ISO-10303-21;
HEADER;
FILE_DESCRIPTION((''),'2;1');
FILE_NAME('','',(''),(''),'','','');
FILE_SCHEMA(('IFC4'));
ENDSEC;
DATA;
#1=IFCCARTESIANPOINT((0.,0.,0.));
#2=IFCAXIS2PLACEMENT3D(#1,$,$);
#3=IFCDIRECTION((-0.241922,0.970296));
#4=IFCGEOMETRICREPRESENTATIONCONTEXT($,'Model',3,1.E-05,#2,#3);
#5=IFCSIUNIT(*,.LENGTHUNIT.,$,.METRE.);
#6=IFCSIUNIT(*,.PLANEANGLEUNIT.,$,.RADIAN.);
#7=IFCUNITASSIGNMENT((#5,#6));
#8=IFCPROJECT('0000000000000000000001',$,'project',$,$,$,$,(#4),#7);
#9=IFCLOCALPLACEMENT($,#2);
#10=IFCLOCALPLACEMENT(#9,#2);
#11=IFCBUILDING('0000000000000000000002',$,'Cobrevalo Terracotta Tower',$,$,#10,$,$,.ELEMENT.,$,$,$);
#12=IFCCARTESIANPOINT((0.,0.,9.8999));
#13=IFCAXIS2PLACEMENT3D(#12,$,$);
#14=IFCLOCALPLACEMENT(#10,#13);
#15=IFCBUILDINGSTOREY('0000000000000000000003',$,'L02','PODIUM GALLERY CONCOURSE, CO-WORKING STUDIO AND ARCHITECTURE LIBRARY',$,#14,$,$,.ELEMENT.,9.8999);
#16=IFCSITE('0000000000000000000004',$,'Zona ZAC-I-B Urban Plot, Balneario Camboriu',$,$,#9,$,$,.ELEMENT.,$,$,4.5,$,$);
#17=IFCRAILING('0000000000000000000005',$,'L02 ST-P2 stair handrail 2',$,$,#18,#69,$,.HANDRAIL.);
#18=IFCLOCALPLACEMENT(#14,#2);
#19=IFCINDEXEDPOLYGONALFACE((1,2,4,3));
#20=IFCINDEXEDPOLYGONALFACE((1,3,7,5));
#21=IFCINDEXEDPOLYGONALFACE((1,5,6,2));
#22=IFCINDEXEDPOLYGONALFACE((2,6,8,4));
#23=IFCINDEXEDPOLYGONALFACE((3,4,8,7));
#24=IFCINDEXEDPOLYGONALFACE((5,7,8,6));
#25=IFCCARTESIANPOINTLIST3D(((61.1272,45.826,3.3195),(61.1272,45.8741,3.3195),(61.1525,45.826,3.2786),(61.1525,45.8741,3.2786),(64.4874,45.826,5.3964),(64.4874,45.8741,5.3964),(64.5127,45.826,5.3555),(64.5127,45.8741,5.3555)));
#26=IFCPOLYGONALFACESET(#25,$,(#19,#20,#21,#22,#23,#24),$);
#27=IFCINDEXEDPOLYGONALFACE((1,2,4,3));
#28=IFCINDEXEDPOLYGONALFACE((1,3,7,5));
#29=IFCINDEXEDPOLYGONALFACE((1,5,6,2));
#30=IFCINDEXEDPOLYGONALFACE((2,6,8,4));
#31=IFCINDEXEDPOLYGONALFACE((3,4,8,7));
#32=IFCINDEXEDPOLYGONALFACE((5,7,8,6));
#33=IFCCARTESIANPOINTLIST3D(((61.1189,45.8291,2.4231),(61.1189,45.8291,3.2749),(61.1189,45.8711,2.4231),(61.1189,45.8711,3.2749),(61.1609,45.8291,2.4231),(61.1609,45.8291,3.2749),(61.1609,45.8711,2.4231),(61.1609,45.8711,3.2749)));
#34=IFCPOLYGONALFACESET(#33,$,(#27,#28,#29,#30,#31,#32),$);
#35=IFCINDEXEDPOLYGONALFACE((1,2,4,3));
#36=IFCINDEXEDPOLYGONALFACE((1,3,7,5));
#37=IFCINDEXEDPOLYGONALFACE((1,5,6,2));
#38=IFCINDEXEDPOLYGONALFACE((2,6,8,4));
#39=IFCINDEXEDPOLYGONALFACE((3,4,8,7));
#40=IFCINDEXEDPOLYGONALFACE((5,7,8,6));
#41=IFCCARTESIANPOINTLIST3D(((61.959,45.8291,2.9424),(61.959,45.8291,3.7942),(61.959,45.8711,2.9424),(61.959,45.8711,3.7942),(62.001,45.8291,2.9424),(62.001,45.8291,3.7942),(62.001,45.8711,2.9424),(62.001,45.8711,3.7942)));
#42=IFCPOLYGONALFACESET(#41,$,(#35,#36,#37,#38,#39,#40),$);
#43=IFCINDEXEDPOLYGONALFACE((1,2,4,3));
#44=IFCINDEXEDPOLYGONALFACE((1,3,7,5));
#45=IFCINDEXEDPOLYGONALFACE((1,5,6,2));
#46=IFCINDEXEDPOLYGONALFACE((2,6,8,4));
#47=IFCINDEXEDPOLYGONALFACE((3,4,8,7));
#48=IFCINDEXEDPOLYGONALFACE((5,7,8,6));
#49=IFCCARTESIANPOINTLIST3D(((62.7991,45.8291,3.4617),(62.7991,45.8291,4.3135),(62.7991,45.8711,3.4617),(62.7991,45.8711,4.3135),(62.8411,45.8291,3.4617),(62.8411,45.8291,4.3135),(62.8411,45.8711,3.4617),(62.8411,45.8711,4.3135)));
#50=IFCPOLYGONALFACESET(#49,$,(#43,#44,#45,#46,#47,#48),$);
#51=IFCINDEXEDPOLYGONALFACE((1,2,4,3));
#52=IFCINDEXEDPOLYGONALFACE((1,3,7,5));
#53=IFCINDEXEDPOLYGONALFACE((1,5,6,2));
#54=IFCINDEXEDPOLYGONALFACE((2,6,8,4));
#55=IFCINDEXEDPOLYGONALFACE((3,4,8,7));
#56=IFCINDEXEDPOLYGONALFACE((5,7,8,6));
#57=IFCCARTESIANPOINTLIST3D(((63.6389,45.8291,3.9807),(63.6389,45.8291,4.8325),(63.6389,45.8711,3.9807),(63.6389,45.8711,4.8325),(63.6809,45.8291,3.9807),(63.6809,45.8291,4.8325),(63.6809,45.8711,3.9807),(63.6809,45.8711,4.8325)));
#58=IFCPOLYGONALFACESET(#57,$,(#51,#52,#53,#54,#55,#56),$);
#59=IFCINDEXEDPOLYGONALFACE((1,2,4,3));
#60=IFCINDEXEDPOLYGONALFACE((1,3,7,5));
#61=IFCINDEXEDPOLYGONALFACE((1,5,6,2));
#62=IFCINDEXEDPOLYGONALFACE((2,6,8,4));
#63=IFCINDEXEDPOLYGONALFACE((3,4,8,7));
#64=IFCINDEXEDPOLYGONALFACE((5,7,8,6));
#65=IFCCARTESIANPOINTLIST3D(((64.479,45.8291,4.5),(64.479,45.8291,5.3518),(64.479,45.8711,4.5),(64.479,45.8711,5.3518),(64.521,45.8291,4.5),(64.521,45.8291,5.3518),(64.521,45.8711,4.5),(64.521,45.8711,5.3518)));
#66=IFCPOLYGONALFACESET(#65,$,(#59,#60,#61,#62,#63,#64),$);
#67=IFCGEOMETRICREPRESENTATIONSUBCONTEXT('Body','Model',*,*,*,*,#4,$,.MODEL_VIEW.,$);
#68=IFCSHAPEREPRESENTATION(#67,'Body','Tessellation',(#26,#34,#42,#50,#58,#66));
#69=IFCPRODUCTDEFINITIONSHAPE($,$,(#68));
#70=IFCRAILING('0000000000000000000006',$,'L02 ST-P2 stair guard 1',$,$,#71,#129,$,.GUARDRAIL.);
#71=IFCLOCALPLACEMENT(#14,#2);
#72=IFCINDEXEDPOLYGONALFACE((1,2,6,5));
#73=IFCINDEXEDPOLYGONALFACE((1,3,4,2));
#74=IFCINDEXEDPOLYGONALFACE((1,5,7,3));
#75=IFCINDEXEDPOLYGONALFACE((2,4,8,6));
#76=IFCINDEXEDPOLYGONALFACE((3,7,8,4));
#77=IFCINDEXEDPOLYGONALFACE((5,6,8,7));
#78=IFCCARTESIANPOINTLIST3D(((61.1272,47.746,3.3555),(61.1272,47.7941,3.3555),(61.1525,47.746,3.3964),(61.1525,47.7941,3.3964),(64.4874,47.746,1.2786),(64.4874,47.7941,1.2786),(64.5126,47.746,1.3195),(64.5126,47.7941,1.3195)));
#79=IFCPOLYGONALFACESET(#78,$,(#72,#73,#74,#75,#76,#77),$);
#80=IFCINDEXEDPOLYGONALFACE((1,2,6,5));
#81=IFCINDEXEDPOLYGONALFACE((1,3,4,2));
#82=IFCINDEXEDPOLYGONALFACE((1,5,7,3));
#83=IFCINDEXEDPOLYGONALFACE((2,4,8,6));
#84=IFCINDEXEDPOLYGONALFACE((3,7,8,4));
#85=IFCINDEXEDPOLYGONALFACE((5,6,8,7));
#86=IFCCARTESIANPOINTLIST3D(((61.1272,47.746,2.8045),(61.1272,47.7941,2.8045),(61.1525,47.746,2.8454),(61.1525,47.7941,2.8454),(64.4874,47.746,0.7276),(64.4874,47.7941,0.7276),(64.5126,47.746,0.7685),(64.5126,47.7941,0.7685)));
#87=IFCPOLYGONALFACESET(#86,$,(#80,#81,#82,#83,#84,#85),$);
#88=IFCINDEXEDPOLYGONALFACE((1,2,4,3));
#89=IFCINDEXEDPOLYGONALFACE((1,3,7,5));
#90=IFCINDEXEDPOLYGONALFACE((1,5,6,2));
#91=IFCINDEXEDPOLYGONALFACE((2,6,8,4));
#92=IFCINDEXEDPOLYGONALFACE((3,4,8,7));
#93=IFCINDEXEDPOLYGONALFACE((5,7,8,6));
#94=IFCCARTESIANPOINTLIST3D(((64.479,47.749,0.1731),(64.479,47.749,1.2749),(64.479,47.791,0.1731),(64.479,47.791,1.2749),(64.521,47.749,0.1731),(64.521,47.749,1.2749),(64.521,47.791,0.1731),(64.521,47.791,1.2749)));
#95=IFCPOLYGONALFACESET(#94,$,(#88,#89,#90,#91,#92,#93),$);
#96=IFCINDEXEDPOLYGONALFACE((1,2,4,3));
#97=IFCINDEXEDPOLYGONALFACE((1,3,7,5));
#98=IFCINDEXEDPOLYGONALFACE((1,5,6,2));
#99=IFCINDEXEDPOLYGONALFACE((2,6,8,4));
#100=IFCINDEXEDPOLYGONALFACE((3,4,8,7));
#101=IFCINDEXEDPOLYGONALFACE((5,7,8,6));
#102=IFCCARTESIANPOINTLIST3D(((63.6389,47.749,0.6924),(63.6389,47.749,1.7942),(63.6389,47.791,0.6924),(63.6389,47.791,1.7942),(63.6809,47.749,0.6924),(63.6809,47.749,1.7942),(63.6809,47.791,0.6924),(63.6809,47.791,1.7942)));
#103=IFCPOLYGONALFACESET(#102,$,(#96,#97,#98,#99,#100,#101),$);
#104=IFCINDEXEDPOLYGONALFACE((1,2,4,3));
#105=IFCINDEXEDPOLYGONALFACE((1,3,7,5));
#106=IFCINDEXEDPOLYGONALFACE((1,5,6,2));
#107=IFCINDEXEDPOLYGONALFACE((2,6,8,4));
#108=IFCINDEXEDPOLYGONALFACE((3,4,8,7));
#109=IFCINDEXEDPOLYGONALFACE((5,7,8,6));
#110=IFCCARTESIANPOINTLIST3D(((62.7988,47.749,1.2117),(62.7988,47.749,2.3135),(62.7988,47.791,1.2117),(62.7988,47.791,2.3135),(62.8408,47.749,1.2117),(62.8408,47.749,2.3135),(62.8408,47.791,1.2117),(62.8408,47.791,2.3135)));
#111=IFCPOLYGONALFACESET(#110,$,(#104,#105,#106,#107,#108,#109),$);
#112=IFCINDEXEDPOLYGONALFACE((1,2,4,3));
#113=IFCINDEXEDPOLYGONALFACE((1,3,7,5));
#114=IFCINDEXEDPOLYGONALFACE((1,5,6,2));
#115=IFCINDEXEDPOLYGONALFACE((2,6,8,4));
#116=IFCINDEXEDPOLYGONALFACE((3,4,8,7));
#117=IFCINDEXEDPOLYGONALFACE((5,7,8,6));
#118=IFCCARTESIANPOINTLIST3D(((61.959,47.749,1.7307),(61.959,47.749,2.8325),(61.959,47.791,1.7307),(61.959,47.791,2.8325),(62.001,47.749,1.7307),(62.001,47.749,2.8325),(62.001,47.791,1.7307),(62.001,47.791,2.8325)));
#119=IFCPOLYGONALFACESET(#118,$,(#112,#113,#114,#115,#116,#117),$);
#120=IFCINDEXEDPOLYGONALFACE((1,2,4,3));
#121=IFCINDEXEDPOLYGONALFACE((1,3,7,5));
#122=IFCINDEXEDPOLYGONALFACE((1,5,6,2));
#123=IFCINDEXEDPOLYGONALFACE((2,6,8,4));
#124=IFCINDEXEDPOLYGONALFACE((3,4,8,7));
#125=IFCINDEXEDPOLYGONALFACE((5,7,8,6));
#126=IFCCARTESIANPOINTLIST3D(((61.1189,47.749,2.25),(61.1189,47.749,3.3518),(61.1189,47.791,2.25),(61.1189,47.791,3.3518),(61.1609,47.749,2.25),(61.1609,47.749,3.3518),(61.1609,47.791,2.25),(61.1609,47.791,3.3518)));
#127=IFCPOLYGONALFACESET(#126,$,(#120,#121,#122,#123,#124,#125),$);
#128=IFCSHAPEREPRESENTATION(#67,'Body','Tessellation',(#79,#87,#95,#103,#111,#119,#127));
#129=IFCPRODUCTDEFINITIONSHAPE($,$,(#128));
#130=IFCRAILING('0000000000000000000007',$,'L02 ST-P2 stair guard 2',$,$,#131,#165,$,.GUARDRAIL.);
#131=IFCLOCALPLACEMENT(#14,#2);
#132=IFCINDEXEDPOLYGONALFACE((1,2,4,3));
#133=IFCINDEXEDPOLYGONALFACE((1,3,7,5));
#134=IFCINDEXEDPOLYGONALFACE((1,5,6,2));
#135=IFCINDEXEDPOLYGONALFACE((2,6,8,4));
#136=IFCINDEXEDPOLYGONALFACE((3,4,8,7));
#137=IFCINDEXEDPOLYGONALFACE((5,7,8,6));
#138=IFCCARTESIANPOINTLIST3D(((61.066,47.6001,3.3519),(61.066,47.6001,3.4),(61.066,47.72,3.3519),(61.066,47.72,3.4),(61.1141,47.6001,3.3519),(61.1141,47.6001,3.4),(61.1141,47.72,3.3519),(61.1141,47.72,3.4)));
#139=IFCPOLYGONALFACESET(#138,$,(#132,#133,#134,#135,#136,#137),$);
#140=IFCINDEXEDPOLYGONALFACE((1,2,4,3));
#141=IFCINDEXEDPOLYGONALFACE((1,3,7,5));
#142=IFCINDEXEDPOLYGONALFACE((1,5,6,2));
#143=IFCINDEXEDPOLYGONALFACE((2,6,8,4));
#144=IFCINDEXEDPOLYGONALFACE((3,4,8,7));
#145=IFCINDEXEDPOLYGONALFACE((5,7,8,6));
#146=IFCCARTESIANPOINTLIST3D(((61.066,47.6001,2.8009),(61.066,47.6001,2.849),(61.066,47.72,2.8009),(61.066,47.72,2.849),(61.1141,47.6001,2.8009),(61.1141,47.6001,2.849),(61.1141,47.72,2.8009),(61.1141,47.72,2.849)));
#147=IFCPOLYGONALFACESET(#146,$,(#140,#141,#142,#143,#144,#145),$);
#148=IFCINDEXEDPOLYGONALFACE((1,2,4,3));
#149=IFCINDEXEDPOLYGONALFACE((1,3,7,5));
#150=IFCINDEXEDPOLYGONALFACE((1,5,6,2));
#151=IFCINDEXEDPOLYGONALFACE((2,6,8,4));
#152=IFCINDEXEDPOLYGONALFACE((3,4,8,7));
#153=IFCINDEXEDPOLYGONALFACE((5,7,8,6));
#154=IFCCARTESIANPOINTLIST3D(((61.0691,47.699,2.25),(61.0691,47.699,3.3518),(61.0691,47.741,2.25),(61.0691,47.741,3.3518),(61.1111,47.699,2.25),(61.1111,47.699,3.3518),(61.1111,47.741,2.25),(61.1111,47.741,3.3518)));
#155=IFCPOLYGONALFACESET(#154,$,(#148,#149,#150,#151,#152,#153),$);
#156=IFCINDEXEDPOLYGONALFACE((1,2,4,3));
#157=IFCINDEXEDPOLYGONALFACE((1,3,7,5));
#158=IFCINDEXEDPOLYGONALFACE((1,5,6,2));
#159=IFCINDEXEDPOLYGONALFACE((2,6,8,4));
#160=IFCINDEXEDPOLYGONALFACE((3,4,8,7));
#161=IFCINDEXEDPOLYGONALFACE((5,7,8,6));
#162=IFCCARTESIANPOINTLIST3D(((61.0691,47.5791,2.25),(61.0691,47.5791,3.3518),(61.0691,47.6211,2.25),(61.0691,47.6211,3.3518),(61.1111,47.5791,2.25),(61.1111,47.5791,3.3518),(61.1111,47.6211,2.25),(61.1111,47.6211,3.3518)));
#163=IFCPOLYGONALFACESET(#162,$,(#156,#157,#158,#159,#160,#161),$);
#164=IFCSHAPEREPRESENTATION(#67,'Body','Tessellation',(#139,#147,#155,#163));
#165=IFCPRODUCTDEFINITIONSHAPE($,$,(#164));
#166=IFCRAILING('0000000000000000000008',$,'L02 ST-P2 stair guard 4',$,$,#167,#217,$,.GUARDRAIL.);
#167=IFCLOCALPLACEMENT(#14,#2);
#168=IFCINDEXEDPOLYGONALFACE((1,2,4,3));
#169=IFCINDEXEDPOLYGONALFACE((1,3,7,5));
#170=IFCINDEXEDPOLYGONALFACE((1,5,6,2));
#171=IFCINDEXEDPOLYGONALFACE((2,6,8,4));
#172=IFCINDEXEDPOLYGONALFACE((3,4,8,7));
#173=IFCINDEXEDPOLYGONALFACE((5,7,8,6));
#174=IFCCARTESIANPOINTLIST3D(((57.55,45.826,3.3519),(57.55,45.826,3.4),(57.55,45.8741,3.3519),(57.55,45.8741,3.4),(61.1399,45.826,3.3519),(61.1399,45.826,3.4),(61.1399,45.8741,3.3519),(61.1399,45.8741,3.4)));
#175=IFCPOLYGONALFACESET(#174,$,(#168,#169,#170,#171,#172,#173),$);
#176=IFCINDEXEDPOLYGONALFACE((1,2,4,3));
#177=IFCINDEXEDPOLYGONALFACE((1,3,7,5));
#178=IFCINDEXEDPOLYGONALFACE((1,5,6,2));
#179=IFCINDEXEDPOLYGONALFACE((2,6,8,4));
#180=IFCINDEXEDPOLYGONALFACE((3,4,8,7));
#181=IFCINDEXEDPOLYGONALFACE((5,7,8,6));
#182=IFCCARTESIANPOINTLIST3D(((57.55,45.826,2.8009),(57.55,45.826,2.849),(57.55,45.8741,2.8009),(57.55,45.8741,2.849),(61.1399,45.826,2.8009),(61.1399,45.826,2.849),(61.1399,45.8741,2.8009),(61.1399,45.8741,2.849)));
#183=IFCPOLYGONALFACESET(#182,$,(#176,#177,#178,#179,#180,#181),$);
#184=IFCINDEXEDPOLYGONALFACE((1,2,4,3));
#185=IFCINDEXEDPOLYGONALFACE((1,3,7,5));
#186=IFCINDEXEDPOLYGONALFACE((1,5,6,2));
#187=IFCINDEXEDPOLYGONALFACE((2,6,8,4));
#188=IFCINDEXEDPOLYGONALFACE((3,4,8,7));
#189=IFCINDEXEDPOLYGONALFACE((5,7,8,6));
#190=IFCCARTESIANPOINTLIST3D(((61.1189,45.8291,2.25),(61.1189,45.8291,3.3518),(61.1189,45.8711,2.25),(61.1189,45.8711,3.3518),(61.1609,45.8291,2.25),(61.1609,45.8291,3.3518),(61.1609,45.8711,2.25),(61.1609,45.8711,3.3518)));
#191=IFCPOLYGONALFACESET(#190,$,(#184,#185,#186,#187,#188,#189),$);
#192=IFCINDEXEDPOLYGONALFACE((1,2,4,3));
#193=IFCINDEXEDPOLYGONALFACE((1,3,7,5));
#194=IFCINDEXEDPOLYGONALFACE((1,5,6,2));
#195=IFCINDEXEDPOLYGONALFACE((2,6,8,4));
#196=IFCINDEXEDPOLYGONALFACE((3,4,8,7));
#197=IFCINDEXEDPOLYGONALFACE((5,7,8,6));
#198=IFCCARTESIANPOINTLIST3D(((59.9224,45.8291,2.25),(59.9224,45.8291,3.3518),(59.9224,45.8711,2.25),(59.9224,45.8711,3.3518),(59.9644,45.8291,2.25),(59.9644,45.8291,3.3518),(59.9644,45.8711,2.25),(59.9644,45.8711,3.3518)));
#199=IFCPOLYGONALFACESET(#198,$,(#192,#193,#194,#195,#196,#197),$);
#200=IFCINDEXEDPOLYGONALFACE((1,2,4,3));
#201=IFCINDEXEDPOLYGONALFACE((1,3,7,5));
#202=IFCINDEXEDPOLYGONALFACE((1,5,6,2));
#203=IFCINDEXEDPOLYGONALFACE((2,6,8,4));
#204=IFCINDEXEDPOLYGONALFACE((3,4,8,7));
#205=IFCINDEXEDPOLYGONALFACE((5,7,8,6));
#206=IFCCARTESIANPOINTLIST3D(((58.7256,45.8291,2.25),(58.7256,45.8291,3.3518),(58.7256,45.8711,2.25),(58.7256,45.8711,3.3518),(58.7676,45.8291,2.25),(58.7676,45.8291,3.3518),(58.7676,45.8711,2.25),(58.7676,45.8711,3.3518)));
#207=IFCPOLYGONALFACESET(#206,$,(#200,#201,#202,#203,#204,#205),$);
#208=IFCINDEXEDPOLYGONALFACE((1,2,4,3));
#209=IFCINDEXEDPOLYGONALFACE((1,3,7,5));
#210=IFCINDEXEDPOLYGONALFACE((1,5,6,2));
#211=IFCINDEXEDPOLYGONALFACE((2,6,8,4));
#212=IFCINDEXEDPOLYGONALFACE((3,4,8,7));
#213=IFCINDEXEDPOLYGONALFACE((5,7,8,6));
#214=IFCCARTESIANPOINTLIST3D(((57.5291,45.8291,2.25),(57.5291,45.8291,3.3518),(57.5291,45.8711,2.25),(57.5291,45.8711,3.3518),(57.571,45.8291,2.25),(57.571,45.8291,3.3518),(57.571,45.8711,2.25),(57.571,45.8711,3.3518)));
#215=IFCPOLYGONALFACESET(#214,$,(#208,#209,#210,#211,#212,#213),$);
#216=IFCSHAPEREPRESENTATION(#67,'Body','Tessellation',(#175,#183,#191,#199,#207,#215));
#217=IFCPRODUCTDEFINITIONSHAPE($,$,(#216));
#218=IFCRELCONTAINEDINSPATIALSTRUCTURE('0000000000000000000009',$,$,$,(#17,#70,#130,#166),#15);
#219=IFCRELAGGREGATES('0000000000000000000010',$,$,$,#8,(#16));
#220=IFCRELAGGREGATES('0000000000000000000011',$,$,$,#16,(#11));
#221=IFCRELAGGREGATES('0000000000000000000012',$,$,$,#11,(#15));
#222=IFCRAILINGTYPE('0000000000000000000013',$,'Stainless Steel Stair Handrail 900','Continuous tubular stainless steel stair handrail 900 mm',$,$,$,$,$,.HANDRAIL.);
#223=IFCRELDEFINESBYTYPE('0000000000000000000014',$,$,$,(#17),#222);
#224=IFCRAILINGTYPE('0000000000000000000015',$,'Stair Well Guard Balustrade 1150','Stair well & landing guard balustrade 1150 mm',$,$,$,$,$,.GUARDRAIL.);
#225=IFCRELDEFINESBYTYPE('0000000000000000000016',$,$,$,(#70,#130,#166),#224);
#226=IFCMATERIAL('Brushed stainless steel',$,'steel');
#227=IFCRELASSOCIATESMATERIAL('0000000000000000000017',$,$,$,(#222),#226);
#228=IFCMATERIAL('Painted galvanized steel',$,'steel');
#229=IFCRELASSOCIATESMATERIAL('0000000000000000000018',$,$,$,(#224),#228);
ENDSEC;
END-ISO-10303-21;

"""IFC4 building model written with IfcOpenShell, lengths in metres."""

from ifc_helpers import new_model, si_unit, direction, frame, origin, origin_2d, place, context, subcontext, project, spatial, rectangle, extrude, material, type_object, element, save


model = new_model("IFC4")

# Units and contexts
model_context = context("Model", 3, precision=1e-05, world=origin(), true_north=direction((-0.241922, 0.970296)))
body_context = subcontext(model_context, "Body", "Model", "MODEL_VIEW")
ifc_project = project(units=[si_unit("LENGTHUNIT", "METRE"), si_unit("PLANEANGLEUNIT", "RADIAN")], contexts=[model_context])

# Site, building, storey
site_placement = place(None, origin())
site = spatial("IfcSite", under=ifc_project, at=site_placement, Name="Zona ZAC-I-B Urban Plot, Balneario Camboriu", CompositionType="ELEMENT", RefElevation=4.5)
building_placement = place(site_placement, origin())
building = spatial("IfcBuilding", under=site, at=building_placement, Name="Cobrevalo Terracotta Tower", CompositionType="ELEMENT")
storey_placement = place(building_placement, frame((0.0, 0.0, 9.8999)))
storey = spatial("IfcBuildingStorey", under=building, at=storey_placement, Name="L02", Description="PODIUM GALLERY CONCOURSE, CO-WORKING STUDIO AND ARCHITECTURE LIBRARY", CompositionType="ELEMENT", Elevation=9.8999)

# Railings
ifc_material_1 = material(Name="Brushed stainless steel", Category="steel")
railing_type_1 = type_object("IfcRailingType", Name="Stainless Steel Stair Handrail 900", Description="Continuous tubular stainless steel stair handrail 900 mm", PredefinedType="HANDRAIL", material=ifc_material_1)
railing_1_placement = place(storey_placement, frame((61.1399, 45.8501, 2.4231)))
element("IfcRailing", 1, at=railing_1_placement, inside=storey, type_object=railing_type_1, Name="L02 ST-P2 stair handrail 2", PredefinedType="HANDRAIL", context=body_context, shape_type="SweptSolid", body=[
    extrude(rectangle(XDim=0.0481, YDim=0.0481, at=origin_2d()), frame((0.0, 0.0, 0.876), z_axis=(0.850623, 0.0, 0.525776), x_axis=(0.0, 1.0, 0.0)), (0.0, 0.0, 1.0), 3.9502),
    extrude(rectangle(XDim=0.042, YDim=0.042, at=origin_2d()), origin(), (0.0, 0.0, 1.0), 0.8518),
    extrude(rectangle(XDim=0.042, YDim=0.042, at=origin_2d()), frame((0.8401, 0.0, 0.5193)), (0.0, 0.0, 1.0), 0.8518),
    extrude(rectangle(XDim=0.042, YDim=0.042, at=origin_2d()), frame((1.6802, 0.0, 1.0386)), (0.0, 0.0, 1.0), 0.8518),
    extrude(rectangle(XDim=0.042, YDim=0.042, at=origin_2d()), frame((2.52, 0.0, 1.5576)), (0.0, 0.0, 1.0), 0.8518),
    extrude(rectangle(XDim=0.042, YDim=0.042, at=origin_2d()), frame((3.3601, 0.0, 2.0769)), (0.0, 0.0, 1.0), 0.8518),
])
ifc_material_2 = material(Name="Painted galvanized steel", Category="steel")
railing_type_2 = type_object("IfcRailingType", Name="Stair Well Guard Balustrade 1150", Description="Stair well & landing guard balustrade 1150 mm", PredefinedType="GUARDRAIL", material=ifc_material_2)
railing_2_placement = place(storey_placement, frame((64.5, 47.77, 0.1731)))
element("IfcRailing", 2, at=railing_2_placement, inside=storey, type_object=railing_type_2, Name="L02 ST-P2 stair guard 1", PredefinedType="GUARDRAIL", context=body_context, shape_type="SweptSolid", body=[
    extrude(rectangle(XDim=0.0481, YDim=0.0481, at=origin_2d()), frame((0.0, 0.0, 1.126), z_axis=(-0.850623, 0.0, 0.525776), x_axis=(0.0, -1.0, 0.0)), (0.0, 0.0, 1.0), 3.9502),
    extrude(rectangle(XDim=0.0481, YDim=0.0481, at=origin_2d()), frame((0.0, 0.0, 0.575), z_axis=(-0.850623, 0.0, 0.525776), x_axis=(0.0, -1.0, 0.0)), (0.0, 0.0, 1.0), 3.9502),
    extrude(rectangle(XDim=0.042, YDim=0.042, at=origin_2d()), origin(), (0.0, 0.0, 1.0), 1.1018),
    extrude(rectangle(XDim=0.042, YDim=0.042, at=origin_2d()), frame((-0.8401, 0.0, 0.5193)), (0.0, 0.0, 1.0), 1.1018),
    extrude(rectangle(XDim=0.042, YDim=0.042, at=origin_2d()), frame((-1.6802, 0.0, 1.0386)), (0.0, 0.0, 1.0), 1.1018),
    extrude(rectangle(XDim=0.042, YDim=0.042, at=origin_2d()), frame((-2.52, 0.0, 1.5576)), (0.0, 0.0, 1.0), 1.1018),
    extrude(rectangle(XDim=0.042, YDim=0.042, at=origin_2d()), frame((-3.3601, 0.0, 2.0769)), (0.0, 0.0, 1.0), 1.1018),
])
railing_3_placement = place(storey_placement, frame((61.0901, 47.72, 2.25)))
element("IfcRailing", 3, at=railing_3_placement, inside=storey, type_object=railing_type_2, Name="L02 ST-P2 stair guard 2", PredefinedType="GUARDRAIL", context=body_context, shape_type="SweptSolid", body=[
    extrude(rectangle(XDim=0.0481, YDim=0.0481, at=origin_2d()), frame((0.0, 0.0, 1.126), z_axis=(0.0, -1.0, 0.0), x_axis=(1.0, 0.0, 0.0)), (0.0, 0.0, 1.0), 0.1199),
    extrude(rectangle(XDim=0.0481, YDim=0.0481, at=origin_2d()), frame((0.0, 0.0, 0.575), z_axis=(0.0, -1.0, 0.0), x_axis=(1.0, 0.0, 0.0)), (0.0, 0.0, 1.0), 0.1199),
    extrude(rectangle(XDim=0.042, YDim=0.042, at=origin_2d()), origin(), (0.0, 0.0, 1.0), 1.1018),
    extrude(rectangle(XDim=0.042, YDim=0.042, at=origin_2d()), frame((0.0, -0.1199, 0.0)), (0.0, 0.0, 1.0), 1.1018),
])
railing_4_placement = place(storey_placement, frame((61.1399, 45.8501, 2.25)))
element("IfcRailing", 4, at=railing_4_placement, inside=storey, type_object=railing_type_2, Name="L02 ST-P2 stair guard 4", PredefinedType="GUARDRAIL", context=body_context, shape_type="SweptSolid", body=[
    extrude(rectangle(XDim=0.0481, YDim=0.0481, at=origin_2d()), frame((0.0, 0.0, 1.126), z_axis=(-1.0, 0.0, 0.0), x_axis=(0.0, -1.0, 0.0)), (0.0, 0.0, 1.0), 3.5898),
    extrude(rectangle(XDim=0.0481, YDim=0.0481, at=origin_2d()), frame((0.0, 0.0, 0.575), z_axis=(-1.0, 0.0, 0.0), x_axis=(0.0, -1.0, 0.0)), (0.0, 0.0, 1.0), 3.5898),
    extrude(rectangle(XDim=0.042, YDim=0.042, at=origin_2d()), origin(), (0.0, 0.0, 1.0), 1.1018),
    extrude(rectangle(XDim=0.042, YDim=0.042, at=origin_2d()), frame((-1.1965, 0.0, 0.0)), (0.0, 0.0, 1.0), 1.1018),
    extrude(rectangle(XDim=0.042, YDim=0.042, at=origin_2d()), frame((-2.3933, 0.0, 0.0)), (0.0, 0.0, 1.0), 1.1018),
    extrude(rectangle(XDim=0.042, YDim=0.042, at=origin_2d()), frame((-3.5898, 0.0, 0.0)), (0.0, 0.0, 1.0), 1.1018),
])

save(model, "model.ifc")
